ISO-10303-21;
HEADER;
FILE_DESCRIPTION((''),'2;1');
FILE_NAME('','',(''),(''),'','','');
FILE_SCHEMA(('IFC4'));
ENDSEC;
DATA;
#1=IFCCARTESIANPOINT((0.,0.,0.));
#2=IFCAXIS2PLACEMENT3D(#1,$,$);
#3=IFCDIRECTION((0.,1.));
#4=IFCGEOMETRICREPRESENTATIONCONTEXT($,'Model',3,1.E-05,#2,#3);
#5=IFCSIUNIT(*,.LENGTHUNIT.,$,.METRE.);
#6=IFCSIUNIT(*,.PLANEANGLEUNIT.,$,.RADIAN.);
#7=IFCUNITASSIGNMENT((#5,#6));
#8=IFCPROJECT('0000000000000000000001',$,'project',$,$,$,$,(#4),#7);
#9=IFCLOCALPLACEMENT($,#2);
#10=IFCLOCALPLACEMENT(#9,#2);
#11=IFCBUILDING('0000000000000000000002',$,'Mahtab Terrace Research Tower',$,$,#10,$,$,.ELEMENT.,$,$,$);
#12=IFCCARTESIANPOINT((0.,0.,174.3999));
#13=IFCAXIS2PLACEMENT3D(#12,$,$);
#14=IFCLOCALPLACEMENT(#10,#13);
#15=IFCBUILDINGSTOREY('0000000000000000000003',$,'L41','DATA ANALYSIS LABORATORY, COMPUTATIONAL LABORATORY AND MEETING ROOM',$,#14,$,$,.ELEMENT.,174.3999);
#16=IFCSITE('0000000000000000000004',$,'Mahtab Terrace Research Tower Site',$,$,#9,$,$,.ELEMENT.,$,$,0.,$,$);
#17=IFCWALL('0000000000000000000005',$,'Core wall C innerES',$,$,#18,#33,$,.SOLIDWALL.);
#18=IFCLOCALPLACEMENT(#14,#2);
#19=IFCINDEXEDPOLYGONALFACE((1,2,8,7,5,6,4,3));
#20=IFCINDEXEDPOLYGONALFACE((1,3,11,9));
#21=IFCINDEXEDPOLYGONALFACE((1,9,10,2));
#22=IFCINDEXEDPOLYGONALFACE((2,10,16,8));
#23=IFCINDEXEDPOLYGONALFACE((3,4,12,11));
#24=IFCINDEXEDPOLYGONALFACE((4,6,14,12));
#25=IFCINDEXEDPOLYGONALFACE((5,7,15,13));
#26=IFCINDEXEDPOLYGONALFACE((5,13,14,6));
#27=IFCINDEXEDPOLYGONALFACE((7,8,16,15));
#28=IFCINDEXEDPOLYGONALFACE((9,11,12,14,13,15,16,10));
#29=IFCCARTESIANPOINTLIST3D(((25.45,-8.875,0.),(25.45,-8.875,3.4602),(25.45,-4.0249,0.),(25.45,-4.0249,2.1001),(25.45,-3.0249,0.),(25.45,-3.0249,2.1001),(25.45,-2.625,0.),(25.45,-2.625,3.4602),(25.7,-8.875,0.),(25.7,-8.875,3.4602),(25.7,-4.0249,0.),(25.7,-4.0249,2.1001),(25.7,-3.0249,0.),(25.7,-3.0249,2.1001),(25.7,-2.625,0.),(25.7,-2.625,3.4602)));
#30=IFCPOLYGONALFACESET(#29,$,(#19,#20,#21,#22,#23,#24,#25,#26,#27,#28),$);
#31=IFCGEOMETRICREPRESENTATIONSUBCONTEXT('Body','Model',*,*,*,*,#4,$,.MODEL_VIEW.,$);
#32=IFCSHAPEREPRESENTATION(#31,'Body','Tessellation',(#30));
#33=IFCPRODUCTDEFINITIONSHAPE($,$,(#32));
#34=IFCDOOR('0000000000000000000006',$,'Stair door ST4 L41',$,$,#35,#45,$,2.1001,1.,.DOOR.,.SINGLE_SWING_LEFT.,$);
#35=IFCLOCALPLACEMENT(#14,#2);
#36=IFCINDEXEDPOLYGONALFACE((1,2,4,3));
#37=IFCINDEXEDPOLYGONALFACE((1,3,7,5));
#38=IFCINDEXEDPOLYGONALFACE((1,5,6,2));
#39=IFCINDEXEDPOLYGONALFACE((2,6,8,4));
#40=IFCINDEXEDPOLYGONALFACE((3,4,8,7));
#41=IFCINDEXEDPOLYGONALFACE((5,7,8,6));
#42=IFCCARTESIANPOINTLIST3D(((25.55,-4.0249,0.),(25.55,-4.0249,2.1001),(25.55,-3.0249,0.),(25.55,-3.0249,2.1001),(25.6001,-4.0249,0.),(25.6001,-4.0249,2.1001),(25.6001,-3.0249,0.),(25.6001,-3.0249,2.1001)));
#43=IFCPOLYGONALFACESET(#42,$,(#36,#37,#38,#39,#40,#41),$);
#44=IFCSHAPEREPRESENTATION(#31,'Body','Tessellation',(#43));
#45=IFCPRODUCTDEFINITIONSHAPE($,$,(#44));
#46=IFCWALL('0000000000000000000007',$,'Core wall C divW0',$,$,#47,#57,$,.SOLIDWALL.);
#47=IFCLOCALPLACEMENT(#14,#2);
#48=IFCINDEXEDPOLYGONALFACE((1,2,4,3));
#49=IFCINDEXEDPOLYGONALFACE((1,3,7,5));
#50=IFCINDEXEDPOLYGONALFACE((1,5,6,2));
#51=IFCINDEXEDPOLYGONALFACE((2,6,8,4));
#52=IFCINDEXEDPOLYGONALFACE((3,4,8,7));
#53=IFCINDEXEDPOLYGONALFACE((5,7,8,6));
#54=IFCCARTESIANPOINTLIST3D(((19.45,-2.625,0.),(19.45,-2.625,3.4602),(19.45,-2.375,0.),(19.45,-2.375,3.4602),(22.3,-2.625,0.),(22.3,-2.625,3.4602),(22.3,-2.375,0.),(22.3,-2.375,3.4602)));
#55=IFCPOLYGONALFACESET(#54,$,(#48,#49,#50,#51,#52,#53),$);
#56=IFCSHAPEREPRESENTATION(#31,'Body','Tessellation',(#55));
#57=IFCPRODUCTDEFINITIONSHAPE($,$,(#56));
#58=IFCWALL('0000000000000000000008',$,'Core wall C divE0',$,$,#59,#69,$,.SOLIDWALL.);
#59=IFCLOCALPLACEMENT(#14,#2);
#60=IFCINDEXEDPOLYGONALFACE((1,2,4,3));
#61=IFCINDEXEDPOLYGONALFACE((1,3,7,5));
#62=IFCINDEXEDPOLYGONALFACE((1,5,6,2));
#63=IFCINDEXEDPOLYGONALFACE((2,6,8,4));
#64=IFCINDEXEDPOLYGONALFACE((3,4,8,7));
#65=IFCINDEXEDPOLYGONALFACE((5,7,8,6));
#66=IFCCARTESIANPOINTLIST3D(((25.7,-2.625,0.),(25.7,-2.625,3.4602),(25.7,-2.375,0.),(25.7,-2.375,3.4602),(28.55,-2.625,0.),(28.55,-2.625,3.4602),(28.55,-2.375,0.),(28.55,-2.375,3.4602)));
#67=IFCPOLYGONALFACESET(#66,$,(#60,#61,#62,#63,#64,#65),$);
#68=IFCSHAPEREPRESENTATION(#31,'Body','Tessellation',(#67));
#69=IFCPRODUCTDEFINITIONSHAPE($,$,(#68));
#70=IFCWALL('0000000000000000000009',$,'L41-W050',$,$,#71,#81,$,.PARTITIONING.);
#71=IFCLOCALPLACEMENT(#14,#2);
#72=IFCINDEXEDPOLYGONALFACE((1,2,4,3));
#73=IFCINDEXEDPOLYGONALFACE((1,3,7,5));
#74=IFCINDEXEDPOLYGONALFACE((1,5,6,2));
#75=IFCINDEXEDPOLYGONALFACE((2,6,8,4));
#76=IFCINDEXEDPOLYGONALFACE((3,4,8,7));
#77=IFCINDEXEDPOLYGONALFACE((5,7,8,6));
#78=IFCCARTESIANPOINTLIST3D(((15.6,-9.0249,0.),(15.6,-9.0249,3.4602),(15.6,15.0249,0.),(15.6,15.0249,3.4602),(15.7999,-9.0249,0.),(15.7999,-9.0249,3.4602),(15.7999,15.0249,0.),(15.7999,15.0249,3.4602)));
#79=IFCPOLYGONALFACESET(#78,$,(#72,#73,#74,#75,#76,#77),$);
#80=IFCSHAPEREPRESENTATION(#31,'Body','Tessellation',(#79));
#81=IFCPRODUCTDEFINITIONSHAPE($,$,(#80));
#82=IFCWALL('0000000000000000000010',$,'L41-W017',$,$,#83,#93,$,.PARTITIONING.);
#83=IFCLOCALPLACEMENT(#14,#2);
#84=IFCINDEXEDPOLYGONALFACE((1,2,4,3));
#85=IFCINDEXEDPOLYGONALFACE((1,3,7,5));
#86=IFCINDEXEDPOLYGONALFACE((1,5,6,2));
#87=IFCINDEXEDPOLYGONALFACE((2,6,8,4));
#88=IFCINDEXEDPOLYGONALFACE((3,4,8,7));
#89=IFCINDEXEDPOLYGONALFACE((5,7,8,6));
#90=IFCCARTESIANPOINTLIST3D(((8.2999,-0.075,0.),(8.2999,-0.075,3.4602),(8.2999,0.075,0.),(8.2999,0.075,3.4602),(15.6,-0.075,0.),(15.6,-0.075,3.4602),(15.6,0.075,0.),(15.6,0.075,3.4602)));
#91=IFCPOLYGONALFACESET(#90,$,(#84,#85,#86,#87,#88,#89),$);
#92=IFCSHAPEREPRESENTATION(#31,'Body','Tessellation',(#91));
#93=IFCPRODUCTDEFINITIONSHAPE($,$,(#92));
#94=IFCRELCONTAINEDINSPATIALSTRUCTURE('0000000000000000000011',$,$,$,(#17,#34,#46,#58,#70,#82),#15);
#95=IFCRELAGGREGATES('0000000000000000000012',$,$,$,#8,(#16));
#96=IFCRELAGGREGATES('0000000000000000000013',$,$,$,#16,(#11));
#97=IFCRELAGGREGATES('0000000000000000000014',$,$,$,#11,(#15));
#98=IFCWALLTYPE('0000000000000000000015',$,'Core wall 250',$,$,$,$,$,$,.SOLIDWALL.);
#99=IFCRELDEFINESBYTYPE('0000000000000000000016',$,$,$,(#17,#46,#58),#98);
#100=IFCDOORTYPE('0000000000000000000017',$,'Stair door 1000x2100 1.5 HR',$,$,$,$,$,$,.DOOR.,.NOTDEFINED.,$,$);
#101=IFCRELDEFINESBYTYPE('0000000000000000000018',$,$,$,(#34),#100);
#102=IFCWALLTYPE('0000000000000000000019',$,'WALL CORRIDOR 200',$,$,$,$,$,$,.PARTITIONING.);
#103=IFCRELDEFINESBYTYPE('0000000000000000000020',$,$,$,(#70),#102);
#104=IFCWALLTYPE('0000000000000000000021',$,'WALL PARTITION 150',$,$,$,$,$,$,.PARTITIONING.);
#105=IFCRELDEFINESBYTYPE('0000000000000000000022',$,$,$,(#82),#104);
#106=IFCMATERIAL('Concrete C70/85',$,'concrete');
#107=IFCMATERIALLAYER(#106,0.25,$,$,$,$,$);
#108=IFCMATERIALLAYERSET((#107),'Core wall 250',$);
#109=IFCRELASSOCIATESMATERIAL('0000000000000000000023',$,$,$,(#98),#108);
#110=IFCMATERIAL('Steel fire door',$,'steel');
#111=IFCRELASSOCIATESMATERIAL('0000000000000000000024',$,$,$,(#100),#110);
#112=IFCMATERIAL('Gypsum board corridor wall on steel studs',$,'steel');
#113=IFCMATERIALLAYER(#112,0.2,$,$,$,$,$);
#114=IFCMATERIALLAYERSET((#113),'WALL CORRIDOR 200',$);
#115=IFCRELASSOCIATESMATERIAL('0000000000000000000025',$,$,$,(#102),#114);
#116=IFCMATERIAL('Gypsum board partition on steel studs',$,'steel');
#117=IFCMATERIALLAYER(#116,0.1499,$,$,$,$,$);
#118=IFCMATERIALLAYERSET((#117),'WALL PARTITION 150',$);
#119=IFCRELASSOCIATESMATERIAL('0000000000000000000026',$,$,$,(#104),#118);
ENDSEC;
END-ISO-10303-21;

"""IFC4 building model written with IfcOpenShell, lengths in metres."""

from ifc_helpers import new_model, si_unit, direction, frame, frame_2d, origin, place, context, subcontext, project, spatial, rectangle, extrude, material, layer, layer_set, type_object, element, fill, save


model = new_model("IFC4")

# Units and contexts
model_context = context("Model", 3, precision=1e-05, world=origin(), true_north=direction((0.0, 1.0)))
body_context = subcontext(model_context, "Body", "Model", "MODEL_VIEW")
ifc_project = project(units=[si_unit("LENGTHUNIT", "METRE"), si_unit("PLANEANGLEUNIT", "RADIAN")], contexts=[model_context])

# Site, building, storey
site_placement = place(None, origin())
site = spatial("IfcSite", under=ifc_project, at=site_placement, Name="Mahtab Terrace Research Tower Site", CompositionType="ELEMENT", RefElevation=0.0)
building_placement = place(site_placement, origin())
building = spatial("IfcBuilding", under=site, at=building_placement, Name="Mahtab Terrace Research Tower", CompositionType="ELEMENT")
storey_placement = place(building_placement, frame((0.0, 0.0, 174.3999)))
storey = spatial("IfcBuildingStorey", under=building, at=storey_placement, Name="L41", Description="DATA ANALYSIS LABORATORY, COMPUTATIONAL LABORATORY AND MEETING ROOM", CompositionType="ELEMENT", Elevation=174.3999)

# Shared definitions
ifc_material_1 = material(Name="Concrete C70/85", Category="concrete")

# Shared definitions
ifc_layer_1 = layer(ifc_material_1, 0.25)
ifc_layer_set_1 = layer_set([ifc_layer_1], Name="Core wall 250")
wall_type_1 = type_object("IfcWallType", Name="Core wall 250", PredefinedType="SOLIDWALL", material=ifc_layer_set_1)
ifc_material_2 = material(Name="Steel fire door", Category="steel")

# Wall, opening, door
wall_1_placement = place(storey_placement, frame((25.575, -8.875, 0.0), z_axis=(0.0, 0.0, 1.0), x_axis=(0.0, 1.0, 0.0)))
wall_1 = element("IfcWall", 1, at=wall_1_placement, inside=storey, type_object=wall_type_1, Name="Core wall C innerES", PredefinedType="SOLIDWALL", context=body_context, shape_type="SweptSolid", body=[
    extrude(rectangle(XDim=6.25, YDim=0.25, at=frame_2d((3.125, 0.0))), origin(), (0.0, 0.0, 1.0), 3.4602),
])
opening_1_placement = place(wall_1_placement, frame((4.8501, 0.0, 0.0)))
opening_1 = element("IfcOpeningElement", 2, at=opening_1_placement, cuts=wall_1, PredefinedType="OPENING", context=body_context, shape_type="SweptSolid", body=[
    extrude(rectangle(XDim=1.0, YDim=2.1001, at=frame_2d((0.5, 1.05))), frame((0.0, 0.135, 0.0), z_axis=(0.0, -1.0, 0.0), x_axis=(1.0, 0.0, 0.0)), (0.0, 0.0, 1.0), 0.27),
])
door_type_1 = type_object("IfcDoorType", Name="Stair door 1000x2100 1.5 HR", OperationType="NOTDEFINED", PredefinedType="DOOR", material=ifc_material_2)
door_1_placement = place(opening_1_placement, origin())
door_1 = element("IfcDoor", 3, at=door_1_placement, inside=storey, type_object=door_type_1, Name="Stair door ST4 L41", OperationType="SINGLE_SWING_LEFT", OverallHeight=2.1001, OverallWidth=1.0, PredefinedType="DOOR", context=body_context, shape_type="SweptSolid", body=[
    extrude(rectangle(XDim=1.0, YDim=2.1001, at=frame_2d((0.5, 1.05))), frame((0.0, 0.0249, 0.0), z_axis=(0.0, -1.0, 0.0), x_axis=(1.0, 0.0, 0.0)), (0.0, 0.0, 1.0), 0.05),
])
fill(opening_1, door_1)

# Walls
for number, where, z_axis, x_axis, name in (
    (4, (19.45, -2.5, 0.0), (0.0, 0.0, 1.0), (1.0, 0.0, 0.0), "Core wall C divW0"),
    (5, (25.7, -2.5, 0.0), (0.0, 0.0, 1.0), (1.0, 0.0, 0.0), "Core wall C divE0"),
):
    element("IfcWall", number, at=place(storey_placement, frame(where, z_axis=z_axis, x_axis=x_axis)), inside=storey, type_object=wall_type_1, Name=name, PredefinedType="SOLIDWALL", context=body_context, shape_type="SweptSolid", body=[
        extrude(rectangle(XDim=2.8501, YDim=0.25, at=frame_2d((1.425, 0.0))), origin(), (0.0, 0.0, 1.0), 3.4602),
    ])
ifc_material_3 = material(Name="Gypsum board corridor wall on steel studs", Category="steel")
ifc_layer_2 = layer(ifc_material_3, 0.2)
ifc_layer_set_2 = layer_set([ifc_layer_2], Name="WALL CORRIDOR 200")
wall_type_2 = type_object("IfcWallType", Name="WALL CORRIDOR 200", PredefinedType="PARTITIONING", material=ifc_layer_set_2)
wall_2_placement = place(storey_placement, frame((15.7, -9.0249, 0.0), z_axis=(0.0, 0.0, 1.0), x_axis=(0.0, 1.0, 0.0)))
element("IfcWall", 6, at=wall_2_placement, inside=storey, type_object=wall_type_2, Name="L41-W050", PredefinedType="PARTITIONING", context=body_context, shape_type="SweptSolid", body=[
    extrude(rectangle(XDim=24.0498, YDim=0.2, at=frame_2d((12.0249, 0.0))), origin(), (0.0, 0.0, 1.0), 3.4602),
])
ifc_material_4 = material(Name="Gypsum board partition on steel studs", Category="steel")
ifc_layer_3 = layer(ifc_material_4, 0.1499)
ifc_layer_set_3 = layer_set([ifc_layer_3], Name="WALL PARTITION 150")
wall_type_3 = type_object("IfcWallType", Name="WALL PARTITION 150", PredefinedType="PARTITIONING", material=ifc_layer_set_3)
wall_3_placement = place(storey_placement, frame((8.3, 0.0, 0.0), z_axis=(0.0, 0.0, 1.0), x_axis=(1.0, 0.0, 0.0)))
element("IfcWall", 7, at=wall_3_placement, inside=storey, type_object=wall_type_3, Name="L41-W017", PredefinedType="PARTITIONING", context=body_context, shape_type="SweptSolid", body=[
    extrude(rectangle(XDim=7.3, YDim=0.1499, at=frame_2d((3.6499, 0.0))), origin(), (0.0, 0.0, 1.0), 3.4602),
])

save(model, "model.ifc")
